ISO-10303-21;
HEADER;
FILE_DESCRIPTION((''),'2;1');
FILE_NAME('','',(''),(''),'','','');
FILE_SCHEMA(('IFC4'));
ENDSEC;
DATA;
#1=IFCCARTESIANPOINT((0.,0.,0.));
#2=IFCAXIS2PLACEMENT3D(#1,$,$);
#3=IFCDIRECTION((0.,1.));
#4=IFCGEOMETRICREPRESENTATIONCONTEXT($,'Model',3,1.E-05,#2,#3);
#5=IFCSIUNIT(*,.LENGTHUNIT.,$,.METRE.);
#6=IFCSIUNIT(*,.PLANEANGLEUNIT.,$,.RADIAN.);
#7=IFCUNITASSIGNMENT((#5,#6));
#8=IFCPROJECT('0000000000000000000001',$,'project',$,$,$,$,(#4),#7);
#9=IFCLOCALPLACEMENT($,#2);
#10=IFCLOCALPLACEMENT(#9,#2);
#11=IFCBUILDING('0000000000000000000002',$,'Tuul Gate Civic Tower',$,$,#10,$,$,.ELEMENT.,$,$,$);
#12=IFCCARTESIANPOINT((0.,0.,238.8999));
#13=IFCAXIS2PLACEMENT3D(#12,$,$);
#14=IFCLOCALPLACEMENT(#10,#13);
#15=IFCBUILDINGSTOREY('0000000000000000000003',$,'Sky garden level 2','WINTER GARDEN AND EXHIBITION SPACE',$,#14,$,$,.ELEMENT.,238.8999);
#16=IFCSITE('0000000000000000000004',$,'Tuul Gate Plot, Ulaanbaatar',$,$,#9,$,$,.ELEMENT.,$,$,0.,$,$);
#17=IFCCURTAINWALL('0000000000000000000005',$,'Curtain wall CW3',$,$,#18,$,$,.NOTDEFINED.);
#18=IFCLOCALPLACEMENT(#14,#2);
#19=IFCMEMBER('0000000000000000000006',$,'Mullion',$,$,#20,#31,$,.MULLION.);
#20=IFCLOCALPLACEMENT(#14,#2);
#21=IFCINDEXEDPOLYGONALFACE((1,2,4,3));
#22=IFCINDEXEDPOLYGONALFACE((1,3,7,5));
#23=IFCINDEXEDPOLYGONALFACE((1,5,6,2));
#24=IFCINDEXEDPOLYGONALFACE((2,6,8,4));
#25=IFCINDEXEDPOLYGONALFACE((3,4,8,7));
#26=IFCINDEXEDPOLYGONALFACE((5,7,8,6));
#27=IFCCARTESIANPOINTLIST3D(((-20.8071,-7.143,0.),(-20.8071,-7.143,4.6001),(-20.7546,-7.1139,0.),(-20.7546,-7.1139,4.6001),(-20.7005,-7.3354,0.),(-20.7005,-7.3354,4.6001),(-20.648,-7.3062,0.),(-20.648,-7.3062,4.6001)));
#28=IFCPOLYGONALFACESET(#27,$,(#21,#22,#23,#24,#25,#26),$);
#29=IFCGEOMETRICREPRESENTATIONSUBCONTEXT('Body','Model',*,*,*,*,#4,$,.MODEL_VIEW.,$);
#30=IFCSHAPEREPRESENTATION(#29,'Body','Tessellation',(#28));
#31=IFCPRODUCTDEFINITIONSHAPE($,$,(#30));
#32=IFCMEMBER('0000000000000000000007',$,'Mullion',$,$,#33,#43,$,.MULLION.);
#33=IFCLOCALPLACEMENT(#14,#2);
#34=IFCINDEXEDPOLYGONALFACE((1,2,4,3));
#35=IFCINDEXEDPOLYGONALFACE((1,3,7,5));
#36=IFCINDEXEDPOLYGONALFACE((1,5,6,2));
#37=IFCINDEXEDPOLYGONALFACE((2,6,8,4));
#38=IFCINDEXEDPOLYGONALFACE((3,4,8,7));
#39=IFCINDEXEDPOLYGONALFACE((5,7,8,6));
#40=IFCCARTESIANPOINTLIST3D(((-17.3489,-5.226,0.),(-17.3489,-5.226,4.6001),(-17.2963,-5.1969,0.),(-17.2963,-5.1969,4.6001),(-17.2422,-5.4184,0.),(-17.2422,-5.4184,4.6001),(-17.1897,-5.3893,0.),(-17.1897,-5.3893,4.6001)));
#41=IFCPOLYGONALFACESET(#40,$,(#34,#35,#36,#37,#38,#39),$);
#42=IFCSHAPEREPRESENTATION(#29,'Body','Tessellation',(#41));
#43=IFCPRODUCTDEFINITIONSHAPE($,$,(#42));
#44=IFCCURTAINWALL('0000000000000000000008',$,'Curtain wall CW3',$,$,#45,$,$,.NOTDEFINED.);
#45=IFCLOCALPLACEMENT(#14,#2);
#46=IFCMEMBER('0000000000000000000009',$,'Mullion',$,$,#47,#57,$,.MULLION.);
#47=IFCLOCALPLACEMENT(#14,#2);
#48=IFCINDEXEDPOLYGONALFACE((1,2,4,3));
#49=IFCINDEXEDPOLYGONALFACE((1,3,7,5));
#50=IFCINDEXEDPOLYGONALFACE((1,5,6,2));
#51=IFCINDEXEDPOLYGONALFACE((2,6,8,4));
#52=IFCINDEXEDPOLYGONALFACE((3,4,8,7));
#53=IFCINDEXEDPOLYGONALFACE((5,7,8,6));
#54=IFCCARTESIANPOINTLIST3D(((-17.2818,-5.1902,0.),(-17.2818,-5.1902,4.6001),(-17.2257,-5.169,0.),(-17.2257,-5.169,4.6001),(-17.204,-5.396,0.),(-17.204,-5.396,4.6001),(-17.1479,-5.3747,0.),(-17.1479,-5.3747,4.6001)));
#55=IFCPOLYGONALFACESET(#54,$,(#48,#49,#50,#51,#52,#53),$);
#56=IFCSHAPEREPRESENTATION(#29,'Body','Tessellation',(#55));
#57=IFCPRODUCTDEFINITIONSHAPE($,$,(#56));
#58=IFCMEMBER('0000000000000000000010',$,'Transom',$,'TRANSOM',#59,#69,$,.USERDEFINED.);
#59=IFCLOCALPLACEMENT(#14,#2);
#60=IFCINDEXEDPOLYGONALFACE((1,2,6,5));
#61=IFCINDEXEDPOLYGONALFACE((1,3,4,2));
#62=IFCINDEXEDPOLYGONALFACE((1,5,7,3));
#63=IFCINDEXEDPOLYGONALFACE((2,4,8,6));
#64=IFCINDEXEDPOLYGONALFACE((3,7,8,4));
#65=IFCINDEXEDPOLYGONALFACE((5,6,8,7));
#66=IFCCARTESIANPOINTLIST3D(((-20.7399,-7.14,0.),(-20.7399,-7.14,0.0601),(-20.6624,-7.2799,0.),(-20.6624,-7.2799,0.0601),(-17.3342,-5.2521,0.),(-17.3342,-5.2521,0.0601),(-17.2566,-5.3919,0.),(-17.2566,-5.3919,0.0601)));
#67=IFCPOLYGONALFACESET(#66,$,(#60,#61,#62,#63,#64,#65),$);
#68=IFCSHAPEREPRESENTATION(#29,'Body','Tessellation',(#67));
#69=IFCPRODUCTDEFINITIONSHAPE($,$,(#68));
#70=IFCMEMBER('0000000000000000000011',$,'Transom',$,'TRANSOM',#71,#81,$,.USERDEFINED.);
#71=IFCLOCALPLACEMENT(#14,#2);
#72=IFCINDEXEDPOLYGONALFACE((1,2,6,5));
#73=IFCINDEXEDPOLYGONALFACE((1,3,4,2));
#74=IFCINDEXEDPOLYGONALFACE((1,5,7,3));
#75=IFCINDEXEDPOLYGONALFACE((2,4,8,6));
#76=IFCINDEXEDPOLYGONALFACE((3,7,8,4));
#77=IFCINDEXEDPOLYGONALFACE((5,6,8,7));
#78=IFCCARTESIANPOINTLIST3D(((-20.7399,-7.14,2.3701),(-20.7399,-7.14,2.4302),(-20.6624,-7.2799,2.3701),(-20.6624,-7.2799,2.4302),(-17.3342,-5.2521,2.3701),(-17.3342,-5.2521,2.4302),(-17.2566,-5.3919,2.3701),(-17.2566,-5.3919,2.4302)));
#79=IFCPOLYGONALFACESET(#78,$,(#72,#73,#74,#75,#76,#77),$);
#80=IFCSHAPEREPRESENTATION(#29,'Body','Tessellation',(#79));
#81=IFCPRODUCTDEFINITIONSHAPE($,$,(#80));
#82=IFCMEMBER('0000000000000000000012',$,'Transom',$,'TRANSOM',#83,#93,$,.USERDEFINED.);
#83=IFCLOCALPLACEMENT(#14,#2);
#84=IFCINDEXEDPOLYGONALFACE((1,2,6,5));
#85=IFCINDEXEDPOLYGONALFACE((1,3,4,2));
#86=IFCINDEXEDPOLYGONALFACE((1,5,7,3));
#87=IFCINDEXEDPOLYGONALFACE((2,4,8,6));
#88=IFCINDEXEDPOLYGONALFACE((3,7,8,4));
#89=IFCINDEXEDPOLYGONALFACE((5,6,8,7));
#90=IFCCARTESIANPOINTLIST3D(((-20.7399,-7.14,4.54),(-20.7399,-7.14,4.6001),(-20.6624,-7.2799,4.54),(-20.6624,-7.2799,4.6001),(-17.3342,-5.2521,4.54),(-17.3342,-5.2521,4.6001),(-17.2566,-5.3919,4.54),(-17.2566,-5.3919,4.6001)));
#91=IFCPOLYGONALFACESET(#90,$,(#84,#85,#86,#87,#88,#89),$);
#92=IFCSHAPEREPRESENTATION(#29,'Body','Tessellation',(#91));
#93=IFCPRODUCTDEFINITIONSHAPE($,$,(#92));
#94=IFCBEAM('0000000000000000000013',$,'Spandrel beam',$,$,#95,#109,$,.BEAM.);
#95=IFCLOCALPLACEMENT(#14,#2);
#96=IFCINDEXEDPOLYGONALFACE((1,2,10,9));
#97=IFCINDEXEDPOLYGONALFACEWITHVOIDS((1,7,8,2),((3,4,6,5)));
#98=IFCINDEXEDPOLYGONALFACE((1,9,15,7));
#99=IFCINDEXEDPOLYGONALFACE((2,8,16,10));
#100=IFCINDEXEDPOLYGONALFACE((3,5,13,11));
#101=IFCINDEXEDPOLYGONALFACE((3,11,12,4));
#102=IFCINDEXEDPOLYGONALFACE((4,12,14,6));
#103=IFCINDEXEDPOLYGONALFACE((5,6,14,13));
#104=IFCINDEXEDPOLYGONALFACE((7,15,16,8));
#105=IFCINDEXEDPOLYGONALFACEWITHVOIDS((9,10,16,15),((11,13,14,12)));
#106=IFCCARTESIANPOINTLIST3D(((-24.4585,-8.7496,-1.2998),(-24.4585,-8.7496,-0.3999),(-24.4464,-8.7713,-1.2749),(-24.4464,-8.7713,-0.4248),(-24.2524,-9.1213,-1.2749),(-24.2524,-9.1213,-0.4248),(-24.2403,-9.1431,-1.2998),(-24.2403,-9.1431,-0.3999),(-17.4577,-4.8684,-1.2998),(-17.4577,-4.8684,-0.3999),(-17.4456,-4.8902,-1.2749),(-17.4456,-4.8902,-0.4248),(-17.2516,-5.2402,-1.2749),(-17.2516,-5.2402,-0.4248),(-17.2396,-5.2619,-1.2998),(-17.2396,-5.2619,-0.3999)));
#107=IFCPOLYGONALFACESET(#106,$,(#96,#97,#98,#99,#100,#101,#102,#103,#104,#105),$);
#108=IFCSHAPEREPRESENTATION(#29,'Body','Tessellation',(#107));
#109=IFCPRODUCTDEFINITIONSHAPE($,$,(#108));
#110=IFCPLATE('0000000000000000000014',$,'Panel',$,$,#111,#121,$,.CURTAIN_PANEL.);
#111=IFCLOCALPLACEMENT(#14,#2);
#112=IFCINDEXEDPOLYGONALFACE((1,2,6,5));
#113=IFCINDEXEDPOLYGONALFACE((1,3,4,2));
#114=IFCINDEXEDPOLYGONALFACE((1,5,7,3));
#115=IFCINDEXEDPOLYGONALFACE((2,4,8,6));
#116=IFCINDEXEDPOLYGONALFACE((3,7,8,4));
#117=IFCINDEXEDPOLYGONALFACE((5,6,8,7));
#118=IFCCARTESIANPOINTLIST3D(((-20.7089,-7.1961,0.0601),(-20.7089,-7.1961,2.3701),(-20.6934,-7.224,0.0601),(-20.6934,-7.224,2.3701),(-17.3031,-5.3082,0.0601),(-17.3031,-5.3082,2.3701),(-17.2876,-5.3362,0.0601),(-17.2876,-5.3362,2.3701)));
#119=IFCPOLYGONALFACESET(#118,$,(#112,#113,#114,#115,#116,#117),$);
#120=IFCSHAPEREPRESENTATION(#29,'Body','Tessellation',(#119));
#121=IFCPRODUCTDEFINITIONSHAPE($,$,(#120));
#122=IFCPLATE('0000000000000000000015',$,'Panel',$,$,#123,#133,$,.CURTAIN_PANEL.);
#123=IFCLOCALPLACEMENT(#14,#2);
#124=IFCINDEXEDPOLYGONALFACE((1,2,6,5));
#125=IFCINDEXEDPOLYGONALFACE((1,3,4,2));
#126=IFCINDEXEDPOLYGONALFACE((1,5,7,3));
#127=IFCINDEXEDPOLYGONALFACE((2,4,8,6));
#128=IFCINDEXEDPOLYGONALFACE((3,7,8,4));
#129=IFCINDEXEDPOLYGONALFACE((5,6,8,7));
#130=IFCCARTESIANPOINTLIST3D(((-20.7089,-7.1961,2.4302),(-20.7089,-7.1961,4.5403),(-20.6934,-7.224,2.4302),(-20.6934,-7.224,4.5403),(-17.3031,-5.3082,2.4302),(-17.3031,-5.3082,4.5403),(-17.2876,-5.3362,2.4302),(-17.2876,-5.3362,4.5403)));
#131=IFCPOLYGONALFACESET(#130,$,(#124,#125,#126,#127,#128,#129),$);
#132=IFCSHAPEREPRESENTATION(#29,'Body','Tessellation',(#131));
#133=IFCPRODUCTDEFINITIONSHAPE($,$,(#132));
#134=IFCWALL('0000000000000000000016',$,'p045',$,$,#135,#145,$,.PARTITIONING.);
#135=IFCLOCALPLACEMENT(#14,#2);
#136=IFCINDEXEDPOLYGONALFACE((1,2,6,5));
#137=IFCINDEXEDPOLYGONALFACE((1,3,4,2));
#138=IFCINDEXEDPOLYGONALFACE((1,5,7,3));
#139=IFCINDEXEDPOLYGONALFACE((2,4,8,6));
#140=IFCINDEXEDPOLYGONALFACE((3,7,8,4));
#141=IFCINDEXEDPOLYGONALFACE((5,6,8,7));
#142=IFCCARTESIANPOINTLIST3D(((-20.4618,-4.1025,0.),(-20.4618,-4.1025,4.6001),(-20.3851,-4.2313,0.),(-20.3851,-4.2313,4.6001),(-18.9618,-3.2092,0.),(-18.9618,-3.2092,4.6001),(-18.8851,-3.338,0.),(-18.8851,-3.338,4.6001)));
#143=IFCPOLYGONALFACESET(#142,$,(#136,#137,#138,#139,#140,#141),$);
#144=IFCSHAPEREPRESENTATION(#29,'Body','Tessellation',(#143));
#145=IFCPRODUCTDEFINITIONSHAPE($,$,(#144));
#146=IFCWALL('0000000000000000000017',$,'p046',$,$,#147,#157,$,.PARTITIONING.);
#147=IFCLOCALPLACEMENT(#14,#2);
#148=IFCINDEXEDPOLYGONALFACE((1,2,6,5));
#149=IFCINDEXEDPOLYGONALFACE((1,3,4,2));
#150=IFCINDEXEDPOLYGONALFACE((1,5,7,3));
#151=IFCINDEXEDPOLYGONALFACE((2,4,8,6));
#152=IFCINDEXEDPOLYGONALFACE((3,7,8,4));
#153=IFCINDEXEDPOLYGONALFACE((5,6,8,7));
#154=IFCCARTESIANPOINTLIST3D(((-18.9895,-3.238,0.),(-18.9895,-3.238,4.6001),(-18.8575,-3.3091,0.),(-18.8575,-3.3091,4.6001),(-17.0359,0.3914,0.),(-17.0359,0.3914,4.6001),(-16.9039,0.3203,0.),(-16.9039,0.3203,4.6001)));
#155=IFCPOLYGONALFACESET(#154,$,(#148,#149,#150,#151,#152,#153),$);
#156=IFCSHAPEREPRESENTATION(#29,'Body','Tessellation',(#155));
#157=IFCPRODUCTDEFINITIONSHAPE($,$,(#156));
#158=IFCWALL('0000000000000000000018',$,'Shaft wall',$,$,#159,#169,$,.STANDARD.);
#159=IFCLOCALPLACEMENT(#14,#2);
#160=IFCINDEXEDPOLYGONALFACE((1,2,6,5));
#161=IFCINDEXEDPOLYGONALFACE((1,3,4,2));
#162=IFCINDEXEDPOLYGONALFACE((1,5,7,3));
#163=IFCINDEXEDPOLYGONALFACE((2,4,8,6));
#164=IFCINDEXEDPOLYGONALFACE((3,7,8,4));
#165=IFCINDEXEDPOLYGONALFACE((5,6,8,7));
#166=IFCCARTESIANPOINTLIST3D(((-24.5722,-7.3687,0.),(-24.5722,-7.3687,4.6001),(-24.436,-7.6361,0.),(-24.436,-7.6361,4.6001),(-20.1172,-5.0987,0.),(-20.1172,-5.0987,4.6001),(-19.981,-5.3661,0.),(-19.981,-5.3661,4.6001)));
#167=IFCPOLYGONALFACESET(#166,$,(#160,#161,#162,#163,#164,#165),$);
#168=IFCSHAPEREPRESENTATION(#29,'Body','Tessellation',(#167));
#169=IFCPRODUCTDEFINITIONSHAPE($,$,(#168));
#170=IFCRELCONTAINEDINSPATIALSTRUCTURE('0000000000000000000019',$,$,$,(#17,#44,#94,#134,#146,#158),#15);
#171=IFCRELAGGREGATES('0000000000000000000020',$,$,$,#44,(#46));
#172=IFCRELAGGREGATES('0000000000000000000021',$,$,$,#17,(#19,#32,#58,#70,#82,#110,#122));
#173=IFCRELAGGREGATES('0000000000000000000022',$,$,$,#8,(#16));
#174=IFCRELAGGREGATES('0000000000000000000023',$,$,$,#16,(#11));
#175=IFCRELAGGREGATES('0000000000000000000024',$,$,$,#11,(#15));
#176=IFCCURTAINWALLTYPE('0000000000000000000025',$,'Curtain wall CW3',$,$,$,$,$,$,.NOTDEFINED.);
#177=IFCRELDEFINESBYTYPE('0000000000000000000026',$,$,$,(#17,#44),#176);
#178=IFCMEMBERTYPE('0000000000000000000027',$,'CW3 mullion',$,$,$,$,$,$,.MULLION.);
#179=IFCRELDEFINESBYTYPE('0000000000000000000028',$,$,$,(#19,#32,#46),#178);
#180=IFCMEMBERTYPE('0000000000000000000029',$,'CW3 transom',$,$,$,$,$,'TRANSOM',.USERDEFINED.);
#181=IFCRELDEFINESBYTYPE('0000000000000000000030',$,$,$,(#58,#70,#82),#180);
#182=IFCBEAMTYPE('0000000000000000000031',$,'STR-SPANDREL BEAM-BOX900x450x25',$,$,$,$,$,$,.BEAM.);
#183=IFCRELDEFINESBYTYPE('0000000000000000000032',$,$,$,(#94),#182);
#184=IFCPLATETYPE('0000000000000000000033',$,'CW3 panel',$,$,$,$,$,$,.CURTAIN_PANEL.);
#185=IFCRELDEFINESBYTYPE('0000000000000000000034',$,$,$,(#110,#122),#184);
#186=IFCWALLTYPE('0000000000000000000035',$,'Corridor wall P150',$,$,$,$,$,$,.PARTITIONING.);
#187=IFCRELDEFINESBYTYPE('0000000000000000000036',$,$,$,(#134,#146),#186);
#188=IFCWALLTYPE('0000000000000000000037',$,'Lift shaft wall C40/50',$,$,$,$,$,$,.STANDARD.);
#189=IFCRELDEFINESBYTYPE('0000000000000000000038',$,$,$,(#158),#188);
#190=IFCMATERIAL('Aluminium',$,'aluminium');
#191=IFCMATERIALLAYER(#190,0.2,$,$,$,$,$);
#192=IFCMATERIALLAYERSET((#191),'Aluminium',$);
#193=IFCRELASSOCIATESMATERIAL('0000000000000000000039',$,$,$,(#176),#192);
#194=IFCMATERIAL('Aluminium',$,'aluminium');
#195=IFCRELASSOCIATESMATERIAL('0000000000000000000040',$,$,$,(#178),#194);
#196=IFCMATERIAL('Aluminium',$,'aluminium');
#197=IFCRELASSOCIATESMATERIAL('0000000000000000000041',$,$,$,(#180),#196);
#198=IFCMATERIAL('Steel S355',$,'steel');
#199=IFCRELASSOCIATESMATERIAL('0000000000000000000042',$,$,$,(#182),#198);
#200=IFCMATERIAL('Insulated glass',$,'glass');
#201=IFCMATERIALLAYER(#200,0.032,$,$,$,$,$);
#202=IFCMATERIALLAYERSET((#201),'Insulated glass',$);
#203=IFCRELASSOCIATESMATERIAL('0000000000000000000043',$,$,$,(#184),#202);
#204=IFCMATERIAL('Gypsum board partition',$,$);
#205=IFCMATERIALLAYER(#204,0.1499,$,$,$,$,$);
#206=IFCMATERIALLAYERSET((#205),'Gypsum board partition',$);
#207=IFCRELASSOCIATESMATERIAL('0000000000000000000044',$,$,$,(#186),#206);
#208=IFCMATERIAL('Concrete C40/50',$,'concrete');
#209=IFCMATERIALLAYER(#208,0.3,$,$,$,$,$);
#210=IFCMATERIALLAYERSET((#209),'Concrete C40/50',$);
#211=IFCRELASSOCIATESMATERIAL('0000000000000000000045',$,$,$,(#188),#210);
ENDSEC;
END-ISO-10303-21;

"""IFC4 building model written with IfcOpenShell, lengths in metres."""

from ifc_helpers import new_model, si_unit, direction, frame, frame_2d, origin, origin_2d, place, context, subcontext, project, spatial, rectangle, hollow_rectangle, extrude, material, layer, layer_set, material_profile, profile_set, type_object, element, aggregate, save


model = new_model("IFC4")

# Units and contexts
model_context = context("Model", 3, precision=1e-05, world=origin(), true_north=direction((0.0, 1.0)))
body_context = subcontext(model_context, "Body", "Model", "MODEL_VIEW")
ifc_project = project(units=[si_unit("LENGTHUNIT", "METRE"), si_unit("PLANEANGLEUNIT", "RADIAN")], contexts=[model_context])

# Site, building, storey
site_placement = place(None, origin())
site = spatial("IfcSite", under=ifc_project, at=site_placement, Name="Tuul Gate Plot, Ulaanbaatar", CompositionType="ELEMENT", RefElevation=0.0)
building_placement = place(site_placement, origin())
building = spatial("IfcBuilding", under=site, at=building_placement, Name="Tuul Gate Civic Tower", CompositionType="ELEMENT")
storey_placement = place(building_placement, frame((0.0, 0.0, 238.8999)))
storey = spatial("IfcBuildingStorey", under=building, at=storey_placement, Name="Sky garden level 2", Description="WINTER GARDEN AND EXHIBITION SPACE", CompositionType="ELEMENT", Elevation=238.8999)

# Curtain wall, members
ifc_material_1 = material(Name="Aluminium", Category="aluminium")
ifc_layer_1 = layer(ifc_material_1, 0.2)
ifc_layer_set_1 = layer_set([ifc_layer_1], Name="Aluminium")
curtain_wall_type = type_object("IfcCurtainWallType", Name="Curtain wall CW3", PredefinedType="NOTDEFINED", material=ifc_layer_set_1)
curtain_wall_1_placement = place(storey_placement, origin())
curtain_wall_1 = element("IfcCurtainWall", 1, at=curtain_wall_1_placement, inside=storey, type_object=curtain_wall_type, Name="Curtain wall CW3", PredefinedType="NOTDEFINED")
ifc_material_2 = material(Name="Aluminium", Category="aluminium")
ifc_material_profile_1 = material_profile(ifc_material_2, rectangle(XDim=0.22, YDim=0.0601, at=origin_2d()), Name="CW3 mullion")
ifc_profile_set_1 = profile_set([ifc_material_profile_1], Name="Aluminium")
member_type_1 = type_object("IfcMemberType", Name="CW3 mullion", PredefinedType="MULLION", material=ifc_profile_set_1)
member_1_placement = place(storey_placement, frame((-20.7275, -7.2246, 0.0), z_axis=(0.0, 0.0, 1.0), x_axis=(-0.484812, 0.874619, 0.0)))
member_1 = element("IfcMember", 2, at=member_1_placement, type_object=member_type_1, Name="Mullion", PredefinedType="MULLION", context=body_context, shape_type="SweptSolid", body=[
    extrude(rectangle(XDim=0.22, YDim=0.0601, at=origin_2d()), origin(), (0.0, 0.0, 1.0), 4.6001),
])
member_2_placement = place(storey_placement, frame((-17.2693, -5.3076, 0.0), z_axis=(0.0, 0.0, 1.0), x_axis=(-0.484812, 0.874619, 0.0)))
member_2 = element("IfcMember", 3, at=member_2_placement, type_object=member_type_1, Name="Mullion", PredefinedType="MULLION", context=body_context, shape_type="SweptSolid", body=[
    extrude(rectangle(XDim=0.22, YDim=0.0601, at=origin_2d()), origin(), (0.0, 0.0, 1.0), 4.6001),
])

# Curtain wall, member
curtain_wall_2_placement = place(storey_placement, origin())
curtain_wall_2 = element("IfcCurtainWall", 4, at=curtain_wall_2_placement, inside=storey, type_object=curtain_wall_type, Name="Curtain wall CW3", PredefinedType="NOTDEFINED")
member_3_placement = place(storey_placement, frame((-17.2148, -5.2825, 0.0), z_axis=(0.0, 0.0, 1.0), x_axis=(-0.353735, 0.935346, 0.0)))
member_3 = element("IfcMember", 5, at=member_3_placement, type_object=member_type_1, Name="Mullion", PredefinedType="MULLION", context=body_context, shape_type="SweptSolid", body=[
    extrude(rectangle(XDim=0.22, YDim=0.0601, at=origin_2d()), origin(), (0.0, 0.0, 1.0), 4.6001),
])
aggregate(curtain_wall_2, [member_3])

# Members
ifc_material_3 = material(Name="Aluminium", Category="aluminium")
ifc_material_profile_2 = material_profile(ifc_material_3, rectangle(XDim=0.1599, YDim=0.0601, at=origin_2d()), Name="CW3 transom")
ifc_profile_set_2 = profile_set([ifc_material_profile_2], Name="Aluminium")
member_type_2 = type_object("IfcMemberType", Name="CW3 transom", ElementType="TRANSOM", PredefinedType="USERDEFINED", material=ifc_profile_set_2)
member_4_placement = place(storey_placement, frame((-20.7012, -7.21, 0.03), z_axis=(0.874609, 0.484828, 0.0), x_axis=(-0.484828, 0.874609, 0.0)))
member_4 = element("IfcMember", 6, at=member_4_placement, type_object=member_type_2, Name="Transom", ObjectType="TRANSOM", PredefinedType="USERDEFINED", context=body_context, shape_type="SweptSolid", body=[
    extrude(rectangle(XDim=0.1599, YDim=0.0601, at=origin_2d()), origin(), (0.0, 0.0, 1.0), 3.894),
])
member_5_placement = place(storey_placement, frame((-20.7012, -7.21, 2.4001), z_axis=(0.874609, 0.484828, 0.0), x_axis=(-0.484828, 0.874609, 0.0)))
member_5 = element("IfcMember", 7, at=member_5_placement, type_object=member_type_2, Name="Transom", ObjectType="TRANSOM", PredefinedType="USERDEFINED", context=body_context, shape_type="SweptSolid", body=[
    extrude(rectangle(XDim=0.1599, YDim=0.0601, at=origin_2d()), origin(), (0.0, 0.0, 1.0), 3.894),
])
member_6_placement = place(storey_placement, frame((-20.7012, -7.21, 4.5701), z_axis=(0.874609, 0.484828, 0.0), x_axis=(-0.484828, 0.874609, 0.0)))
member_6 = element("IfcMember", 8, at=member_6_placement, type_object=member_type_2, Name="Transom", ObjectType="TRANSOM", PredefinedType="USERDEFINED", context=body_context, shape_type="SweptSolid", body=[
    extrude(rectangle(XDim=0.1599, YDim=0.0601, at=origin_2d()), origin(), (0.0, 0.0, 1.0), 3.894),
])

# Beam
ifc_material_4 = material(Name="Steel S355", Category="steel")
ifc_material_profile_3 = material_profile(ifc_material_4, hollow_rectangle(XDim=0.45, YDim=0.8999, WallThickness=0.0249, at=origin_2d()), Name="BOX900x450x25")
ifc_profile_set_3 = profile_set([ifc_material_profile_3], Name="Steel S355")
beam_type = type_object("IfcBeamType", Name="STR-SPANDREL BEAM-BOX900x450x25", PredefinedType="BEAM", material=ifc_profile_set_3)
beam_placement = place(storey_placement, frame((-17.3486, -5.0652, -0.8499), z_axis=(-0.874591, -0.484861, 0.0), x_axis=(0.484861, -0.874591, 0.0)))
element("IfcBeam", 9, at=beam_placement, inside=storey, type_object=beam_type, Name="Spandrel beam", PredefinedType="BEAM", context=body_context, shape_type="SweptSolid", body=[
    extrude(hollow_rectangle(XDim=0.45, YDim=0.8999, WallThickness=0.0249, at=origin_2d()), origin(), (0.0, 0.0, 1.0), 8.0046),
])

# Plates
ifc_material_5 = material(Name="Insulated glass", Category="glass")
ifc_layer_2 = layer(ifc_material_5, 0.032)
ifc_layer_set_2 = layer_set([ifc_layer_2], Name="Insulated glass")
plate_type = type_object("IfcPlateType", Name="CW3 panel", PredefinedType="CURTAIN_PANEL", material=ifc_layer_set_2)
plate_1_placement = place(storey_placement, frame((-18.9983, -6.2661, 0.0601), z_axis=(0.0, 0.0, 1.0), x_axis=(0.874619, 0.484812, 0.0)))
plate_1 = element("IfcPlate", 10, at=plate_1_placement, type_object=plate_type, Name="Panel", PredefinedType="CURTAIN_PANEL", context=body_context, shape_type="SweptSolid", body=[
    extrude(rectangle(XDim=3.894, YDim=0.032, at=origin_2d()), origin(), (0.0, 0.0, 1.0), 2.3101),
])
plate_2_placement = place(storey_placement, frame((-18.9983, -6.2661, 2.4302), z_axis=(0.0, 0.0, 1.0), x_axis=(0.874619, 0.484812, 0.0)))
plate_2 = element("IfcPlate", 11, at=plate_2_placement, type_object=plate_type, Name="Panel", PredefinedType="CURTAIN_PANEL", context=body_context, shape_type="SweptSolid", body=[
    extrude(rectangle(XDim=3.894, YDim=0.032, at=origin_2d()), origin(), (0.0, 0.0, 1.0), 2.1101),
])
aggregate(curtain_wall_1, [member_1, member_2, member_4, member_5, member_6, plate_1, plate_2])

# Walls
ifc_material_6 = material(Name="Gypsum board partition")
ifc_layer_3 = layer(ifc_material_6, 0.1499)
ifc_layer_set_3 = layer_set([ifc_layer_3], Name="Gypsum board partition")
wall_type_1 = type_object("IfcWallType", Name="Corridor wall P150", PredefinedType="PARTITIONING", material=ifc_layer_set_3)
wall_1_placement = place(storey_placement, frame((-20.4236, -4.167, 0.0), z_axis=(0.0, 0.0, 1.0), x_axis=(0.859179, 0.511676, 0.0)))
element("IfcWall", 12, at=wall_1_placement, inside=storey, type_object=wall_type_1, Name="p045", PredefinedType="PARTITIONING", context=body_context, shape_type="SweptSolid", body=[
    extrude(rectangle(XDim=1.7458, YDim=0.1499, at=frame_2d((0.873, 0.0))), origin(), (0.0, 0.0, 1.0), 4.6001),
])
wall_2_placement = place(storey_placement, frame((-18.9236, -3.2737, 0.0), z_axis=(0.0, 0.0, 1.0), x_axis=(0.473973, 0.88054, 0.0)))
element("IfcWall", 13, at=wall_2_placement, inside=storey, type_object=wall_type_1, Name="p046", PredefinedType="PARTITIONING", context=body_context, shape_type="SweptSolid", body=[
    extrude(rectangle(XDim=4.1218, YDim=0.1499, at=frame_2d((2.061, 0.0))), origin(), (0.0, 0.0, 1.0), 4.6001),
])
ifc_material_7 = material(Name="Concrete C40/50", Category="concrete")
ifc_layer_4 = layer(ifc_material_7, 0.3)
ifc_layer_set_4 = layer_set([ifc_layer_4], Name="Concrete C40/50")
wall_type_2 = type_object("IfcWallType", Name="Lift shaft wall C40/50", PredefinedType="STANDARD", material=ifc_layer_set_4)
wall_3_placement = place(storey_placement, frame((-20.0491, -5.2324, 0.0), z_axis=(0.0, 0.0, 1.0), x_axis=(-0.891003, -0.453997, 0.0)))
element("IfcWall", 14, at=wall_3_placement, inside=storey, type_object=wall_type_2, Name="Shaft wall", PredefinedType="STANDARD", context=body_context, shape_type="SweptSolid", body=[
    extrude(rectangle(XDim=5.0, YDim=0.3, at=frame_2d((2.5, 0.0))), origin(), (0.0, 0.0, 1.0), 4.6001),
])

save(model, "model.ifc")
